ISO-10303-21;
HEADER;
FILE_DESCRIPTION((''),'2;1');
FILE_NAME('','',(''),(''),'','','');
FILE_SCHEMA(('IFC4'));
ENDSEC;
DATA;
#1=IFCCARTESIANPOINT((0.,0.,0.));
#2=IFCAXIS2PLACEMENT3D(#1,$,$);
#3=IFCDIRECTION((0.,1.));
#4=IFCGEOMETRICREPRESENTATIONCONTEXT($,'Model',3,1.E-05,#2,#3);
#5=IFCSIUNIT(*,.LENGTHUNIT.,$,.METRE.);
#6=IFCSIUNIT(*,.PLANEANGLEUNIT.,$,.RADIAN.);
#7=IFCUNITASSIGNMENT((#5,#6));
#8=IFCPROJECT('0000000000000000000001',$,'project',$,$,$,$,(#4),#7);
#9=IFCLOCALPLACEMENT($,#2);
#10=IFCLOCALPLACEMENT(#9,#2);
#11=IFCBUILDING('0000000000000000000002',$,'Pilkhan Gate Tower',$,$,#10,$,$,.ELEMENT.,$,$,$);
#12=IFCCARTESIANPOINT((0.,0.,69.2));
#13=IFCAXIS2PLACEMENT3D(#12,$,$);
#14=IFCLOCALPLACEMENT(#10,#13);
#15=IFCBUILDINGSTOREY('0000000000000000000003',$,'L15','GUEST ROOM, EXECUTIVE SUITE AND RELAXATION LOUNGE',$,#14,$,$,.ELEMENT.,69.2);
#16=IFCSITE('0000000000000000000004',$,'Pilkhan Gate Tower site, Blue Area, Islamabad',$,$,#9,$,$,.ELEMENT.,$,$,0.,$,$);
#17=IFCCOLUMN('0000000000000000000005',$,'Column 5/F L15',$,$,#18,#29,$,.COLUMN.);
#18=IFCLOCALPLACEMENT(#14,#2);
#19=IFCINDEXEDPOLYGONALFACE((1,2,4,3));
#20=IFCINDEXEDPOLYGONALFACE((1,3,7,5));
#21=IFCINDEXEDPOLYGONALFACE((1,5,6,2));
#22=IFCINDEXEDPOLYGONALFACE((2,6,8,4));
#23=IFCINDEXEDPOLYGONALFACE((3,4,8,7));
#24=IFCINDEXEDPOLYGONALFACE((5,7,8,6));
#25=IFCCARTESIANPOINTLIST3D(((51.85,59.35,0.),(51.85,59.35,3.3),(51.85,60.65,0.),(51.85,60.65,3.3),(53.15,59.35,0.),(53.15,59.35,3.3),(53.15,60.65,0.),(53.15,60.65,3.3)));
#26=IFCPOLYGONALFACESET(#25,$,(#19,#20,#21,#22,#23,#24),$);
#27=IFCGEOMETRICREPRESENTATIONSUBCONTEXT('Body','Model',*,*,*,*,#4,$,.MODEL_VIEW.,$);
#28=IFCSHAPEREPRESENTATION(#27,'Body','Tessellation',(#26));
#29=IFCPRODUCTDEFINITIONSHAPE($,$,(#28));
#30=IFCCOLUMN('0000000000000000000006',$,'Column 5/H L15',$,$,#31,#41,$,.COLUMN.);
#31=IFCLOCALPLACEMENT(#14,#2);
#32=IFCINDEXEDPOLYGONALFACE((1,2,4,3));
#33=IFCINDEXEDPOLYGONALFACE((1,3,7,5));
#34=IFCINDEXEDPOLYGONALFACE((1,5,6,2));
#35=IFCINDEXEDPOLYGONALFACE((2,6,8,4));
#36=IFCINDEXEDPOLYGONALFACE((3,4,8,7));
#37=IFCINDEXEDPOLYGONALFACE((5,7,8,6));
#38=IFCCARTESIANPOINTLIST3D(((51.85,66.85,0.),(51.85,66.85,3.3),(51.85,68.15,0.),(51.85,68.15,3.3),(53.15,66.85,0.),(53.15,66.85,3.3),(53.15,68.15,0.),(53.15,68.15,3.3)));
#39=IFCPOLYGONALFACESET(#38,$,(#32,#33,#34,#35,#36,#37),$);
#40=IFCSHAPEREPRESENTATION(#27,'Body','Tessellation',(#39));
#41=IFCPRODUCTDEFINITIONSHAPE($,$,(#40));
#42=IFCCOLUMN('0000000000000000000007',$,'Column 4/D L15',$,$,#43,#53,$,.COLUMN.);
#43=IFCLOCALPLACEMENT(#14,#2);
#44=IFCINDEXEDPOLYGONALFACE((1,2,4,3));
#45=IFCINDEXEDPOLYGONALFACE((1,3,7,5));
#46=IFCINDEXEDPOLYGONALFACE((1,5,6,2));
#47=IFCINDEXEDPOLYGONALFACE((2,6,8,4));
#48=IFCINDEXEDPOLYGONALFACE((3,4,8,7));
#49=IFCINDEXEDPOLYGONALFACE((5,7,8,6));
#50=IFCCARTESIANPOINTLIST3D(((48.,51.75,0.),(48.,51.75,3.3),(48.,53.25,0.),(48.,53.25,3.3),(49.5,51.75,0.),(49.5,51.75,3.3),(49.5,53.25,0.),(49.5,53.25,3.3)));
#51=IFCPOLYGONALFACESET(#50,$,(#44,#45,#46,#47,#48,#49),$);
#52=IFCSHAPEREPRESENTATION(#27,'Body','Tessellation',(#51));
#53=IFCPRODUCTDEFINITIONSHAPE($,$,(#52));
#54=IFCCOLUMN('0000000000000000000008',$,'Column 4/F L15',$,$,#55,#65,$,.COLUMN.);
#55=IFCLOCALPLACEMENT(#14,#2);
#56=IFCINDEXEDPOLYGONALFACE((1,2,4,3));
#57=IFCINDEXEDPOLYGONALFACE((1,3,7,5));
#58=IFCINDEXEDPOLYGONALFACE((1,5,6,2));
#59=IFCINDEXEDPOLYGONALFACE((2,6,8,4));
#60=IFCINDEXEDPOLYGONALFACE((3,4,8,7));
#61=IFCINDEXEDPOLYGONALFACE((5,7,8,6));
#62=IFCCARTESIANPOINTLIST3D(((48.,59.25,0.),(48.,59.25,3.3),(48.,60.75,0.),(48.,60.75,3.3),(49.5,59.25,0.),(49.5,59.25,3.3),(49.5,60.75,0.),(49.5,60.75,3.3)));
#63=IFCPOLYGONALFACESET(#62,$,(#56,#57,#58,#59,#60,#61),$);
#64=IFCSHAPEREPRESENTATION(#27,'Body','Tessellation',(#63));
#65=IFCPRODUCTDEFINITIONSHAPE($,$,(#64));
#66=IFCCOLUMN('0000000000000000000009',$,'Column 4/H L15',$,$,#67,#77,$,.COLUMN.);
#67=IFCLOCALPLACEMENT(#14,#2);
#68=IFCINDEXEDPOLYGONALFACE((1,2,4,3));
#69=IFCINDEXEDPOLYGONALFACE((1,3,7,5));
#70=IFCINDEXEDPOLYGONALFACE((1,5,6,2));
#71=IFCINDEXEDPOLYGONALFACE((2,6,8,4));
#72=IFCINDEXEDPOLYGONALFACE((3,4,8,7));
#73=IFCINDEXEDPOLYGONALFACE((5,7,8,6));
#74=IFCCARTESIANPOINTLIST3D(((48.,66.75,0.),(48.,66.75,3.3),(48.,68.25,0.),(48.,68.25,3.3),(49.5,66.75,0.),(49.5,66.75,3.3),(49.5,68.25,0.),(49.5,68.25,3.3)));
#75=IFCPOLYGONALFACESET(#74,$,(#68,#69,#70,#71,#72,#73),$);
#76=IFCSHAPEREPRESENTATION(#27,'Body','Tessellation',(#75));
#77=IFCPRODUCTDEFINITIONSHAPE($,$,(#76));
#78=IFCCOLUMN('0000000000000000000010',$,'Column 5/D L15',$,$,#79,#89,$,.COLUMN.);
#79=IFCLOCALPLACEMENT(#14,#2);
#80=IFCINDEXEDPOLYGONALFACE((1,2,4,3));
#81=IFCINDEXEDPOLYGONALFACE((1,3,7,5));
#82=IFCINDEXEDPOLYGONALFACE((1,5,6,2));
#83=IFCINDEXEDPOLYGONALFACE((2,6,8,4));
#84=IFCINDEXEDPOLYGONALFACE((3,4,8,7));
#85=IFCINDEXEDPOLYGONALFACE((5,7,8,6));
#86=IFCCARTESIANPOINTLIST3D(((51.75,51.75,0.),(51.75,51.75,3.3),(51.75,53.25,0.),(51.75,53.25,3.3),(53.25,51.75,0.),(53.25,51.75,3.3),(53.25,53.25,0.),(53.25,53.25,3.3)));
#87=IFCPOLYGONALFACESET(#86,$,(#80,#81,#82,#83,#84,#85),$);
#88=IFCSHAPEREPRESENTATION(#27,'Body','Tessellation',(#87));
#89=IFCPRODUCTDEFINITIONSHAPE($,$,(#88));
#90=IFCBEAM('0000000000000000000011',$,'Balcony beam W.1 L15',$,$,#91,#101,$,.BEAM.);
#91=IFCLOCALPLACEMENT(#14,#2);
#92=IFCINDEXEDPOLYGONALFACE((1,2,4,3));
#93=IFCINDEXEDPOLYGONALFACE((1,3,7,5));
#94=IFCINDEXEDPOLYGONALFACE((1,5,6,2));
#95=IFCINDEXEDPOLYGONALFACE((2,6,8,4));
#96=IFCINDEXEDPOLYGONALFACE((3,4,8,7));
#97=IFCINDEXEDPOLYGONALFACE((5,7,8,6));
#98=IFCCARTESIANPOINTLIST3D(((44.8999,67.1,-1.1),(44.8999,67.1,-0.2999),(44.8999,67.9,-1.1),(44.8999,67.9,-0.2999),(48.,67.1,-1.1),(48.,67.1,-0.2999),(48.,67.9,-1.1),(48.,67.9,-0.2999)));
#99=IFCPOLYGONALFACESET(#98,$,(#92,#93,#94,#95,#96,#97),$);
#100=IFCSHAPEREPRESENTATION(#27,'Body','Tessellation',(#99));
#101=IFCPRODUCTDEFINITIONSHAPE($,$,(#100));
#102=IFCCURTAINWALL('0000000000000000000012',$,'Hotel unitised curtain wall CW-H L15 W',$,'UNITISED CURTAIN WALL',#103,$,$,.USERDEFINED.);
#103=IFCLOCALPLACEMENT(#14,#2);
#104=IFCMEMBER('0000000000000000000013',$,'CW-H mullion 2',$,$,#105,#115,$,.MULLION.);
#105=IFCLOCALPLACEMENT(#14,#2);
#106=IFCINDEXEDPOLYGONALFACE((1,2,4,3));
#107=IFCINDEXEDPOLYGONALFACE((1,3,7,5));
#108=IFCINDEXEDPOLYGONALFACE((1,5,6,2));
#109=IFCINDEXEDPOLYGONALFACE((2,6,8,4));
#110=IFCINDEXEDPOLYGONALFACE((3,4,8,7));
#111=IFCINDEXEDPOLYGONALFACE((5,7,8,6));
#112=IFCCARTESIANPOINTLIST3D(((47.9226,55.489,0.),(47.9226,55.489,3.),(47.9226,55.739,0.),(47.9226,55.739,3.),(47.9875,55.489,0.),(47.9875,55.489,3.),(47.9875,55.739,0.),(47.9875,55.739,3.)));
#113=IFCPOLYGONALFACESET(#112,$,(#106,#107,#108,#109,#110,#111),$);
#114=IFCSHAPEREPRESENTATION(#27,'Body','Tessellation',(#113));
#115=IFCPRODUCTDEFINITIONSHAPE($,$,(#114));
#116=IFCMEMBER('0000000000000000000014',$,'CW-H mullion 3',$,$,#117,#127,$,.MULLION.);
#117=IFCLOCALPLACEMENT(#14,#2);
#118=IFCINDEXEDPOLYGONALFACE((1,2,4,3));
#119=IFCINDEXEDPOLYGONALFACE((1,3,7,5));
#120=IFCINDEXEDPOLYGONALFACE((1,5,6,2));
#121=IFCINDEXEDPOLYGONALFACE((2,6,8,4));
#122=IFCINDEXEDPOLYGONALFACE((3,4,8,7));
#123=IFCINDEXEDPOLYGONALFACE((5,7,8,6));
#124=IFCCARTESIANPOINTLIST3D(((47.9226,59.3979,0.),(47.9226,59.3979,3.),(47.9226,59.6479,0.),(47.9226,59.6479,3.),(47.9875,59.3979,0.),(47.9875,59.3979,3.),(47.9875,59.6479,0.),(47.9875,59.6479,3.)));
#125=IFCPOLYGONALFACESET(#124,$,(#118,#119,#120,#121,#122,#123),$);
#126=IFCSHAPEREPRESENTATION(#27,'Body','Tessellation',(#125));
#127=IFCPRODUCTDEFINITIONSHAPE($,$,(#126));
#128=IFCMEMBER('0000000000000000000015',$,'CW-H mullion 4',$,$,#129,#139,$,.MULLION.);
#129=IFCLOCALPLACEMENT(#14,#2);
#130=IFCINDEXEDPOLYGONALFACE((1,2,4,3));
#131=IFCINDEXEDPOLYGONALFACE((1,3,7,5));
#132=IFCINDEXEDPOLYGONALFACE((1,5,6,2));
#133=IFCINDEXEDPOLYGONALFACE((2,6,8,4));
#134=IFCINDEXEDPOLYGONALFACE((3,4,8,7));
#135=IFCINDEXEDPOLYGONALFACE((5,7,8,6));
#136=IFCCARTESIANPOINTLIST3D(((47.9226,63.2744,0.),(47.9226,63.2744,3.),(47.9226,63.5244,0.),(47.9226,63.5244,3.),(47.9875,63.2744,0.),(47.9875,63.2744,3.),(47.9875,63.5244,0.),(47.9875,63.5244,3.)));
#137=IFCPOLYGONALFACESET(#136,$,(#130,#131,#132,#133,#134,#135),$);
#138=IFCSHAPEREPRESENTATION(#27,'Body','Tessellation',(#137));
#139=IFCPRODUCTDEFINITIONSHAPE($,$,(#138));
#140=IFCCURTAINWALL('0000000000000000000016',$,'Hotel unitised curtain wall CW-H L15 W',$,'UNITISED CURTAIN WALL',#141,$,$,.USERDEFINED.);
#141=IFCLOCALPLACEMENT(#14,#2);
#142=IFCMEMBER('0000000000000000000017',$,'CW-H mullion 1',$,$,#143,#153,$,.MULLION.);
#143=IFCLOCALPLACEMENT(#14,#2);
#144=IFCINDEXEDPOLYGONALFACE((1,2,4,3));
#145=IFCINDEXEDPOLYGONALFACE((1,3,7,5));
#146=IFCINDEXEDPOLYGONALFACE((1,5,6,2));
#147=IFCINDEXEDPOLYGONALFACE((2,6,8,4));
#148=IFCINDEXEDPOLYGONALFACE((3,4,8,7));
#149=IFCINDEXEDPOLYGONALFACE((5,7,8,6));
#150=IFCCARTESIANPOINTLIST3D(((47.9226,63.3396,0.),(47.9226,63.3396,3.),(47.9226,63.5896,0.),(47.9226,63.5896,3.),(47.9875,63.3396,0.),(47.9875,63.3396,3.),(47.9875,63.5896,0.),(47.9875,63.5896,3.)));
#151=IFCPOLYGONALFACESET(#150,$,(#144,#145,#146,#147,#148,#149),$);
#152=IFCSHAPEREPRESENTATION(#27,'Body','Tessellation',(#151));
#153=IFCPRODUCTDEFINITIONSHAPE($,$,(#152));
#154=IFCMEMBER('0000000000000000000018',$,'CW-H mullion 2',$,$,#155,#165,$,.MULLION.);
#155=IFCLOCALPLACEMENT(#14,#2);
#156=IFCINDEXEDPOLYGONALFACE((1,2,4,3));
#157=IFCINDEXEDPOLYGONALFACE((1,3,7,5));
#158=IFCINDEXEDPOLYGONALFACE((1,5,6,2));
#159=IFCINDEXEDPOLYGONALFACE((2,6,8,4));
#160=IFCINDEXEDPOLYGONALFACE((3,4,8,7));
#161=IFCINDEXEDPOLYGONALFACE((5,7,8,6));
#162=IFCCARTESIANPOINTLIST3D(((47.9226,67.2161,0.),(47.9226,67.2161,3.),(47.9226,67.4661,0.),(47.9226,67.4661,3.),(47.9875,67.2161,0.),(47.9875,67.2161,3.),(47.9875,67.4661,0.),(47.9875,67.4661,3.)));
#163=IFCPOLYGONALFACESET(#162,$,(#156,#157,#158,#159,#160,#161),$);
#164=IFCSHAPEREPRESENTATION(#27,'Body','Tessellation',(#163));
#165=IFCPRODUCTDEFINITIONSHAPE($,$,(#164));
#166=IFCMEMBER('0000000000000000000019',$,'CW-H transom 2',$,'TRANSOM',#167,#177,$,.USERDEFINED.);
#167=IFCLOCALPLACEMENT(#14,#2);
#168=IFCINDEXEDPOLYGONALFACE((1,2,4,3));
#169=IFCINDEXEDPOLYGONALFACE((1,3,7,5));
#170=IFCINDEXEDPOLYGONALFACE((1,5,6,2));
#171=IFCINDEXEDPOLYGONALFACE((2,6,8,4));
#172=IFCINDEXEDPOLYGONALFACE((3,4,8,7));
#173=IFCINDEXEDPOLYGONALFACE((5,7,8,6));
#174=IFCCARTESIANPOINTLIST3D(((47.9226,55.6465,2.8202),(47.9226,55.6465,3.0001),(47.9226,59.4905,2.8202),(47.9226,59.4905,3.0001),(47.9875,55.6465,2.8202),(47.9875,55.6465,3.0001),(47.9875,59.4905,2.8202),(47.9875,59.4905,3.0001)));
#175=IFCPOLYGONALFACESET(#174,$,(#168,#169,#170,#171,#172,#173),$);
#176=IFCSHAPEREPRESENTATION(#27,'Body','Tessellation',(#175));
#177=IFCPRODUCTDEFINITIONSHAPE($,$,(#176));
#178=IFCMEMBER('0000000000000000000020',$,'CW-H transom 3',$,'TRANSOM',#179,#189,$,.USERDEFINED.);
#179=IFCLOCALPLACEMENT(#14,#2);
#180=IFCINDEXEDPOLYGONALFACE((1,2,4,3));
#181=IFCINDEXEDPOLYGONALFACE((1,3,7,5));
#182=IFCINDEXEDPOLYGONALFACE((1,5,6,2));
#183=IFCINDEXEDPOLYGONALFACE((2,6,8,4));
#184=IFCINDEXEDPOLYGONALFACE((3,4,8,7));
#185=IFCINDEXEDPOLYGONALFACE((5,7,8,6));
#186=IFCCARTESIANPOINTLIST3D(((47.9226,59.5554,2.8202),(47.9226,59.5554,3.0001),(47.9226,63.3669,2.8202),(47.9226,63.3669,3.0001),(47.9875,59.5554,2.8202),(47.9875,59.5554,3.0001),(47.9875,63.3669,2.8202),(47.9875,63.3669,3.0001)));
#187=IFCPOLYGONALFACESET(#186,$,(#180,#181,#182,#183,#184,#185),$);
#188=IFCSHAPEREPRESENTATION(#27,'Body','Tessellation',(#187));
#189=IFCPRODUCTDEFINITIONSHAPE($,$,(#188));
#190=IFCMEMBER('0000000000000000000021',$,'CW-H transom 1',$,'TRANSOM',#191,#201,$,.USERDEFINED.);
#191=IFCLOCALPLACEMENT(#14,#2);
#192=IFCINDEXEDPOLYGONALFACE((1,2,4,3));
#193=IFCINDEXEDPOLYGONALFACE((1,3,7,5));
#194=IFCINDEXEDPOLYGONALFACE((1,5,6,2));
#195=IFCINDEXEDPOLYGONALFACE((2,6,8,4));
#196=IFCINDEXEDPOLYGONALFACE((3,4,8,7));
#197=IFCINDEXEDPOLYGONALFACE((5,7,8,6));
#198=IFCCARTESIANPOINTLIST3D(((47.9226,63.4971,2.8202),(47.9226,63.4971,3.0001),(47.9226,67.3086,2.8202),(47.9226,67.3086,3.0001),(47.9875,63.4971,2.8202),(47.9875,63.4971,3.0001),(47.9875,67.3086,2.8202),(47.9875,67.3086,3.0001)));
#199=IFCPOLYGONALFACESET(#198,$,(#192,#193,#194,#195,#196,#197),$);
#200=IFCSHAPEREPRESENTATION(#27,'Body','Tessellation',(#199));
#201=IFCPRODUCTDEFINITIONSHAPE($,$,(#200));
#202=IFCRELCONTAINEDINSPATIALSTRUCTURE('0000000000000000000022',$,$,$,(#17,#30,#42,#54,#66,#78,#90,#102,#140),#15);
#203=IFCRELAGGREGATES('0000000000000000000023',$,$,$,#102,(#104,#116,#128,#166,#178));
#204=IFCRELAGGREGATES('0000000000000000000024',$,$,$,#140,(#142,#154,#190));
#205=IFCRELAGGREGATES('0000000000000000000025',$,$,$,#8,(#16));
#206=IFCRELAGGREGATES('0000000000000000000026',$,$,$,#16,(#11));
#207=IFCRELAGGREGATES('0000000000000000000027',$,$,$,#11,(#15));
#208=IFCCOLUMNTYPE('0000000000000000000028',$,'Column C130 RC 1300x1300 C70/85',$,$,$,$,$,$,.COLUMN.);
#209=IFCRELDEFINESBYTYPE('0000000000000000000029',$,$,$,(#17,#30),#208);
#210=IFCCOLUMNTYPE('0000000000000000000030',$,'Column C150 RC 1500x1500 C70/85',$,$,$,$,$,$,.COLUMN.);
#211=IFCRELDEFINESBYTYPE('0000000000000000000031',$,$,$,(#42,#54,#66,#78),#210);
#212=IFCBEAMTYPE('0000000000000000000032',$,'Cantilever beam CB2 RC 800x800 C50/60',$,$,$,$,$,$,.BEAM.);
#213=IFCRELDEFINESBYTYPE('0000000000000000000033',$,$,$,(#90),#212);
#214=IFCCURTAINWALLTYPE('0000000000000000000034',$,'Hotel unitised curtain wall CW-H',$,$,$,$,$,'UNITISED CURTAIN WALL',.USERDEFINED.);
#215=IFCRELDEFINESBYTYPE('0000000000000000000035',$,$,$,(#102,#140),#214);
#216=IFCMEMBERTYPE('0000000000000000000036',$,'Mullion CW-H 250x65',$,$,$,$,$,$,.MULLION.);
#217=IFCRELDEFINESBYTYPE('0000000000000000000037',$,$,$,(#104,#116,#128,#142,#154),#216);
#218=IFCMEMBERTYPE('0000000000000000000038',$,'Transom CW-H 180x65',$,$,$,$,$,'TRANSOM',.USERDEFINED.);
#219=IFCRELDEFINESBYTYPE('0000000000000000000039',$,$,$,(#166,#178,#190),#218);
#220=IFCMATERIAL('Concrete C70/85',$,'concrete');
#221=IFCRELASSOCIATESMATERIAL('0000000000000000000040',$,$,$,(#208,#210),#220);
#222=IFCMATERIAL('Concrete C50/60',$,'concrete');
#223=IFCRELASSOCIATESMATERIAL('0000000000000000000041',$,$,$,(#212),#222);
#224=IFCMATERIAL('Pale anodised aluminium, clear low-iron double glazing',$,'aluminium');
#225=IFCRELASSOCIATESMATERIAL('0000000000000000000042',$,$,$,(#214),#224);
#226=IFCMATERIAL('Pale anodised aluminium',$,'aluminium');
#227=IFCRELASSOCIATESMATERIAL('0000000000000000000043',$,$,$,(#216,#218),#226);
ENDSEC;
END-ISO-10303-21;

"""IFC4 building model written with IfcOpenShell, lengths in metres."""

from ifc_helpers import new_model, si_unit, direction, frame, origin, origin_2d, place, context, subcontext, project, spatial, rectangle, extrude, material, material_profile, profile_set, type_object, element, aggregate, save


model = new_model("IFC4")

# Units and contexts
model_context = context("Model", 3, precision=1e-05, world=origin(), true_north=direction((0.0, 1.0)))
body_context = subcontext(model_context, "Body", "Model", "MODEL_VIEW")
ifc_project = project(units=[si_unit("LENGTHUNIT", "METRE"), si_unit("PLANEANGLEUNIT", "RADIAN")], contexts=[model_context])

# Site, building, storey
site_placement = place(None, origin())
site = spatial("IfcSite", under=ifc_project, at=site_placement, Name="Pilkhan Gate Tower site, Blue Area, Islamabad", CompositionType="ELEMENT", RefElevation=0.0)
building_placement = place(site_placement, origin())
building = spatial("IfcBuilding", under=site, at=building_placement, Name="Pilkhan Gate Tower", CompositionType="ELEMENT")
storey_placement = place(building_placement, frame((0.0, 0.0, 69.2)))
storey = spatial("IfcBuildingStorey", under=building, at=storey_placement, Name="L15", Description="GUEST ROOM, EXECUTIVE SUITE AND RELAXATION LOUNGE", CompositionType="ELEMENT", Elevation=69.2)

# Columns
ifc_material_1 = material(Name="Concrete C70/85", Category="concrete")
ifc_material_profile_1 = material_profile(ifc_material_1, rectangle(XDim=1.3, YDim=1.3, at=origin_2d()), Name="RC 1300x1300")
ifc_profile_set_1 = profile_set([ifc_material_profile_1], Name="Concrete C70/85")
column_type_1 = type_object("IfcColumnType", Name="Column C130 RC 1300x1300 C70/85", PredefinedType="COLUMN", material=ifc_profile_set_1)
for number, where, z_axis, x_axis, name in (
    (1, (52.5, 60.0, 0.0), (0.0, 0.0, 1.0), (1.0, 0.0, 0.0), "Column 5/F L15"),
    (2, (52.5, 67.5, 0.0), (0.0, 0.0, 1.0), (1.0, 0.0, 0.0), "Column 5/H L15"),
):
    element("IfcColumn", number, at=place(storey_placement, frame(where, z_axis=z_axis, x_axis=x_axis)), inside=storey, type_object=column_type_1, Name=name, PredefinedType="COLUMN", context=body_context, shape_type="SweptSolid", body=[
        extrude(rectangle(XDim=1.3, YDim=1.3, at=origin_2d()), origin(), (0.0, 0.0, 1.0), 3.3),
    ])
ifc_material_profile_2 = material_profile(ifc_material_1, rectangle(XDim=1.5, YDim=1.5, at=origin_2d()), Name="RC 1500x1500")
ifc_profile_set_2 = profile_set([ifc_material_profile_2], Name="Concrete C70/85")
column_type_2 = type_object("IfcColumnType", Name="Column C150 RC 1500x1500 C70/85", PredefinedType="COLUMN", material=ifc_profile_set_2)
for number, where, z_axis, x_axis, name in (
    (3, (48.75, 52.5, 0.0), (0.0, 0.0, 1.0), (1.0, 0.0, 0.0), "Column 4/D L15"),
    (4, (48.75, 60.0, 0.0), (0.0, 0.0, 1.0), (1.0, 0.0, 0.0), "Column 4/F L15"),
    (5, (48.75, 67.5, 0.0), (0.0, 0.0, 1.0), (1.0, 0.0, 0.0), "Column 4/H L15"),
    (6, (52.5, 52.5, 0.0), (0.0, 0.0, 1.0), (1.0, 0.0, 0.0), "Column 5/D L15"),
):
    element("IfcColumn", number, at=place(storey_placement, frame(where, z_axis=z_axis, x_axis=x_axis)), inside=storey, type_object=column_type_2, Name=name, PredefinedType="COLUMN", context=body_context, shape_type="SweptSolid", body=[
        extrude(rectangle(XDim=1.5, YDim=1.5, at=origin_2d()), origin(), (0.0, 0.0, 1.0), 3.3),
    ])

# Beam
ifc_material_2 = material(Name="Concrete C50/60", Category="concrete")
ifc_material_profile_3 = material_profile(ifc_material_2, rectangle(XDim=0.8, YDim=0.8, at=origin_2d()), Name="RC 800x800")
ifc_profile_set_3 = profile_set([ifc_material_profile_3], Name="Concrete C50/60")
beam_type = type_object("IfcBeamType", Name="Cantilever beam CB2 RC 800x800 C50/60", PredefinedType="BEAM", material=ifc_profile_set_3)
beam_placement = place(storey_placement, frame((48.0, 67.5, -0.7), z_axis=(-1.0, 0.0, 0.0), x_axis=(0.0, -1.0, 0.0)))
element("IfcBeam", 7, at=beam_placement, inside=storey, type_object=beam_type, Name="Balcony beam W.1 L15", PredefinedType="BEAM", context=body_context, shape_type="SweptSolid", body=[
    extrude(rectangle(XDim=0.8, YDim=0.8, at=origin_2d()), origin(), (0.0, 0.0, 1.0), 3.1001),
])

# Curtain walls, members
ifc_material_3 = material(Name="Pale anodised aluminium, clear low-iron double glazing", Category="aluminium")
curtain_wall_type = type_object("IfcCurtainWallType", Name="Hotel unitised curtain wall CW-H", ElementType="UNITISED CURTAIN WALL", PredefinedType="USERDEFINED", material=ifc_material_3)
curtain_wall_1_placement = place(storey_placement, origin())
curtain_wall_1 = element("IfcCurtainWall", 8, at=curtain_wall_1_placement, inside=storey, type_object=curtain_wall_type, Name="Hotel unitised curtain wall CW-H L15 W", ObjectType="UNITISED CURTAIN WALL", PredefinedType="USERDEFINED")
ifc_material_4 = material(Name="Pale anodised aluminium", Category="aluminium")
ifc_material_profile_4 = material_profile(ifc_material_4, rectangle(XDim=0.0649, YDim=0.25, at=origin_2d()), Name="Mullion 250x65")
ifc_profile_set_4 = profile_set([ifc_material_profile_4], Name="Pale anodised aluminium")
member_type_1 = type_object("IfcMemberType", Name="Mullion CW-H 250x65", PredefinedType="MULLION", material=ifc_profile_set_4)
member_1_placement = place(storey_placement, frame((47.9551, 55.614, 0.0), z_axis=(0.0, 0.0, 1.0), x_axis=(-1.0, 0.0, 0.0)))
member_1 = element("IfcMember", 9, at=member_1_placement, type_object=member_type_1, Name="CW-H mullion 2", PredefinedType="MULLION", context=body_context, shape_type="SweptSolid", body=[
    extrude(rectangle(XDim=0.0649, YDim=0.25, at=origin_2d()), origin(), (0.0, 0.0, 1.0), 3.0),
])
member_2_placement = place(storey_placement, frame((47.9551, 59.5229, 0.0), z_axis=(0.0, 0.0, 1.0), x_axis=(-1.0, 0.0, 0.0)))
member_2 = element("IfcMember", 10, at=member_2_placement, type_object=member_type_1, Name="CW-H mullion 3", PredefinedType="MULLION", context=body_context, shape_type="SweptSolid", body=[
    extrude(rectangle(XDim=0.0649, YDim=0.25, at=origin_2d()), origin(), (0.0, 0.0, 1.0), 3.0),
])
member_3_placement = place(storey_placement, frame((47.9551, 63.3994, 0.0), z_axis=(0.0, 0.0, 1.0), x_axis=(-1.0, 0.0, 0.0)))
member_3 = element("IfcMember", 11, at=member_3_placement, type_object=member_type_1, Name="CW-H mullion 4", PredefinedType="MULLION", context=body_context, shape_type="SweptSolid", body=[
    extrude(rectangle(XDim=0.0649, YDim=0.25, at=origin_2d()), origin(), (0.0, 0.0, 1.0), 3.0),
])
curtain_wall_2_placement = place(storey_placement, origin())
curtain_wall_2 = element("IfcCurtainWall", 12, at=curtain_wall_2_placement, inside=storey, type_object=curtain_wall_type, Name="Hotel unitised curtain wall CW-H L15 W", ObjectType="UNITISED CURTAIN WALL", PredefinedType="USERDEFINED")
member_4_placement = place(storey_placement, frame((47.9551, 63.4646, 0.0), z_axis=(0.0, 0.0, 1.0), x_axis=(-1.0, 0.0, 0.0)))
member_4 = element("IfcMember", 13, at=member_4_placement, type_object=member_type_1, Name="CW-H mullion 1", PredefinedType="MULLION", context=body_context, shape_type="SweptSolid", body=[
    extrude(rectangle(XDim=0.0649, YDim=0.25, at=origin_2d()), origin(), (0.0, 0.0, 1.0), 3.0),
])
member_5_placement = place(storey_placement, frame((47.9551, 67.3411, 0.0), z_axis=(0.0, 0.0, 1.0), x_axis=(-1.0, 0.0, 0.0)))
member_5 = element("IfcMember", 14, at=member_5_placement, type_object=member_type_1, Name="CW-H mullion 2", PredefinedType="MULLION", context=body_context, shape_type="SweptSolid", body=[
    extrude(rectangle(XDim=0.0649, YDim=0.25, at=origin_2d()), origin(), (0.0, 0.0, 1.0), 3.0),
])

# Members
ifc_material_profile_5 = material_profile(ifc_material_4, rectangle(XDim=0.0649, YDim=0.1799, at=origin_2d()), Name="Transom 180x65")
ifc_profile_set_5 = profile_set([ifc_material_profile_5], Name="Pale anodised aluminium")
member_type_2 = type_object("IfcMemberType", Name="Transom CW-H 180x65", ElementType="TRANSOM", PredefinedType="USERDEFINED", material=ifc_profile_set_5)
member_6_placement = place(storey_placement, frame((47.9551, 55.6465, 2.9102), z_axis=(0.0, 1.0, 0.0), x_axis=(-1.0, 0.0, 0.0)))
member_6 = element("IfcMember", 15, at=member_6_placement, type_object=member_type_2, Name="CW-H transom 2", ObjectType="TRANSOM", PredefinedType="USERDEFINED", context=body_context, shape_type="SweptSolid", body=[
    extrude(rectangle(XDim=0.0649, YDim=0.1799, at=origin_2d()), origin(), (0.0, 0.0, 1.0), 3.844),
])
member_7_placement = place(storey_placement, frame((47.9551, 59.5554, 2.9102), z_axis=(0.0, 1.0, 0.0), x_axis=(-1.0, 0.0, 0.0)))
member_7 = element("IfcMember", 16, at=member_7_placement, type_object=member_type_2, Name="CW-H transom 3", ObjectType="TRANSOM", PredefinedType="USERDEFINED", context=body_context, shape_type="SweptSolid", body=[
    extrude(rectangle(XDim=0.0649, YDim=0.1799, at=origin_2d()), origin(), (0.0, 0.0, 1.0), 3.8115),
])
member_8_placement = place(storey_placement, frame((47.9551, 63.4971, 2.9102), z_axis=(0.0, 1.0, 0.0), x_axis=(-1.0, 0.0, 0.0)))
member_8 = element("IfcMember", 17, at=member_8_placement, type_object=member_type_2, Name="CW-H transom 1", ObjectType="TRANSOM", PredefinedType="USERDEFINED", context=body_context, shape_type="SweptSolid", body=[
    extrude(rectangle(XDim=0.0649, YDim=0.1799, at=origin_2d()), origin(), (0.0, 0.0, 1.0), 3.8115),
])

aggregate(curtain_wall_1, [member_1, member_2, member_3, member_6, member_7])
aggregate(curtain_wall_2, [member_4, member_5, member_8])

save(model, "model.ifc")
